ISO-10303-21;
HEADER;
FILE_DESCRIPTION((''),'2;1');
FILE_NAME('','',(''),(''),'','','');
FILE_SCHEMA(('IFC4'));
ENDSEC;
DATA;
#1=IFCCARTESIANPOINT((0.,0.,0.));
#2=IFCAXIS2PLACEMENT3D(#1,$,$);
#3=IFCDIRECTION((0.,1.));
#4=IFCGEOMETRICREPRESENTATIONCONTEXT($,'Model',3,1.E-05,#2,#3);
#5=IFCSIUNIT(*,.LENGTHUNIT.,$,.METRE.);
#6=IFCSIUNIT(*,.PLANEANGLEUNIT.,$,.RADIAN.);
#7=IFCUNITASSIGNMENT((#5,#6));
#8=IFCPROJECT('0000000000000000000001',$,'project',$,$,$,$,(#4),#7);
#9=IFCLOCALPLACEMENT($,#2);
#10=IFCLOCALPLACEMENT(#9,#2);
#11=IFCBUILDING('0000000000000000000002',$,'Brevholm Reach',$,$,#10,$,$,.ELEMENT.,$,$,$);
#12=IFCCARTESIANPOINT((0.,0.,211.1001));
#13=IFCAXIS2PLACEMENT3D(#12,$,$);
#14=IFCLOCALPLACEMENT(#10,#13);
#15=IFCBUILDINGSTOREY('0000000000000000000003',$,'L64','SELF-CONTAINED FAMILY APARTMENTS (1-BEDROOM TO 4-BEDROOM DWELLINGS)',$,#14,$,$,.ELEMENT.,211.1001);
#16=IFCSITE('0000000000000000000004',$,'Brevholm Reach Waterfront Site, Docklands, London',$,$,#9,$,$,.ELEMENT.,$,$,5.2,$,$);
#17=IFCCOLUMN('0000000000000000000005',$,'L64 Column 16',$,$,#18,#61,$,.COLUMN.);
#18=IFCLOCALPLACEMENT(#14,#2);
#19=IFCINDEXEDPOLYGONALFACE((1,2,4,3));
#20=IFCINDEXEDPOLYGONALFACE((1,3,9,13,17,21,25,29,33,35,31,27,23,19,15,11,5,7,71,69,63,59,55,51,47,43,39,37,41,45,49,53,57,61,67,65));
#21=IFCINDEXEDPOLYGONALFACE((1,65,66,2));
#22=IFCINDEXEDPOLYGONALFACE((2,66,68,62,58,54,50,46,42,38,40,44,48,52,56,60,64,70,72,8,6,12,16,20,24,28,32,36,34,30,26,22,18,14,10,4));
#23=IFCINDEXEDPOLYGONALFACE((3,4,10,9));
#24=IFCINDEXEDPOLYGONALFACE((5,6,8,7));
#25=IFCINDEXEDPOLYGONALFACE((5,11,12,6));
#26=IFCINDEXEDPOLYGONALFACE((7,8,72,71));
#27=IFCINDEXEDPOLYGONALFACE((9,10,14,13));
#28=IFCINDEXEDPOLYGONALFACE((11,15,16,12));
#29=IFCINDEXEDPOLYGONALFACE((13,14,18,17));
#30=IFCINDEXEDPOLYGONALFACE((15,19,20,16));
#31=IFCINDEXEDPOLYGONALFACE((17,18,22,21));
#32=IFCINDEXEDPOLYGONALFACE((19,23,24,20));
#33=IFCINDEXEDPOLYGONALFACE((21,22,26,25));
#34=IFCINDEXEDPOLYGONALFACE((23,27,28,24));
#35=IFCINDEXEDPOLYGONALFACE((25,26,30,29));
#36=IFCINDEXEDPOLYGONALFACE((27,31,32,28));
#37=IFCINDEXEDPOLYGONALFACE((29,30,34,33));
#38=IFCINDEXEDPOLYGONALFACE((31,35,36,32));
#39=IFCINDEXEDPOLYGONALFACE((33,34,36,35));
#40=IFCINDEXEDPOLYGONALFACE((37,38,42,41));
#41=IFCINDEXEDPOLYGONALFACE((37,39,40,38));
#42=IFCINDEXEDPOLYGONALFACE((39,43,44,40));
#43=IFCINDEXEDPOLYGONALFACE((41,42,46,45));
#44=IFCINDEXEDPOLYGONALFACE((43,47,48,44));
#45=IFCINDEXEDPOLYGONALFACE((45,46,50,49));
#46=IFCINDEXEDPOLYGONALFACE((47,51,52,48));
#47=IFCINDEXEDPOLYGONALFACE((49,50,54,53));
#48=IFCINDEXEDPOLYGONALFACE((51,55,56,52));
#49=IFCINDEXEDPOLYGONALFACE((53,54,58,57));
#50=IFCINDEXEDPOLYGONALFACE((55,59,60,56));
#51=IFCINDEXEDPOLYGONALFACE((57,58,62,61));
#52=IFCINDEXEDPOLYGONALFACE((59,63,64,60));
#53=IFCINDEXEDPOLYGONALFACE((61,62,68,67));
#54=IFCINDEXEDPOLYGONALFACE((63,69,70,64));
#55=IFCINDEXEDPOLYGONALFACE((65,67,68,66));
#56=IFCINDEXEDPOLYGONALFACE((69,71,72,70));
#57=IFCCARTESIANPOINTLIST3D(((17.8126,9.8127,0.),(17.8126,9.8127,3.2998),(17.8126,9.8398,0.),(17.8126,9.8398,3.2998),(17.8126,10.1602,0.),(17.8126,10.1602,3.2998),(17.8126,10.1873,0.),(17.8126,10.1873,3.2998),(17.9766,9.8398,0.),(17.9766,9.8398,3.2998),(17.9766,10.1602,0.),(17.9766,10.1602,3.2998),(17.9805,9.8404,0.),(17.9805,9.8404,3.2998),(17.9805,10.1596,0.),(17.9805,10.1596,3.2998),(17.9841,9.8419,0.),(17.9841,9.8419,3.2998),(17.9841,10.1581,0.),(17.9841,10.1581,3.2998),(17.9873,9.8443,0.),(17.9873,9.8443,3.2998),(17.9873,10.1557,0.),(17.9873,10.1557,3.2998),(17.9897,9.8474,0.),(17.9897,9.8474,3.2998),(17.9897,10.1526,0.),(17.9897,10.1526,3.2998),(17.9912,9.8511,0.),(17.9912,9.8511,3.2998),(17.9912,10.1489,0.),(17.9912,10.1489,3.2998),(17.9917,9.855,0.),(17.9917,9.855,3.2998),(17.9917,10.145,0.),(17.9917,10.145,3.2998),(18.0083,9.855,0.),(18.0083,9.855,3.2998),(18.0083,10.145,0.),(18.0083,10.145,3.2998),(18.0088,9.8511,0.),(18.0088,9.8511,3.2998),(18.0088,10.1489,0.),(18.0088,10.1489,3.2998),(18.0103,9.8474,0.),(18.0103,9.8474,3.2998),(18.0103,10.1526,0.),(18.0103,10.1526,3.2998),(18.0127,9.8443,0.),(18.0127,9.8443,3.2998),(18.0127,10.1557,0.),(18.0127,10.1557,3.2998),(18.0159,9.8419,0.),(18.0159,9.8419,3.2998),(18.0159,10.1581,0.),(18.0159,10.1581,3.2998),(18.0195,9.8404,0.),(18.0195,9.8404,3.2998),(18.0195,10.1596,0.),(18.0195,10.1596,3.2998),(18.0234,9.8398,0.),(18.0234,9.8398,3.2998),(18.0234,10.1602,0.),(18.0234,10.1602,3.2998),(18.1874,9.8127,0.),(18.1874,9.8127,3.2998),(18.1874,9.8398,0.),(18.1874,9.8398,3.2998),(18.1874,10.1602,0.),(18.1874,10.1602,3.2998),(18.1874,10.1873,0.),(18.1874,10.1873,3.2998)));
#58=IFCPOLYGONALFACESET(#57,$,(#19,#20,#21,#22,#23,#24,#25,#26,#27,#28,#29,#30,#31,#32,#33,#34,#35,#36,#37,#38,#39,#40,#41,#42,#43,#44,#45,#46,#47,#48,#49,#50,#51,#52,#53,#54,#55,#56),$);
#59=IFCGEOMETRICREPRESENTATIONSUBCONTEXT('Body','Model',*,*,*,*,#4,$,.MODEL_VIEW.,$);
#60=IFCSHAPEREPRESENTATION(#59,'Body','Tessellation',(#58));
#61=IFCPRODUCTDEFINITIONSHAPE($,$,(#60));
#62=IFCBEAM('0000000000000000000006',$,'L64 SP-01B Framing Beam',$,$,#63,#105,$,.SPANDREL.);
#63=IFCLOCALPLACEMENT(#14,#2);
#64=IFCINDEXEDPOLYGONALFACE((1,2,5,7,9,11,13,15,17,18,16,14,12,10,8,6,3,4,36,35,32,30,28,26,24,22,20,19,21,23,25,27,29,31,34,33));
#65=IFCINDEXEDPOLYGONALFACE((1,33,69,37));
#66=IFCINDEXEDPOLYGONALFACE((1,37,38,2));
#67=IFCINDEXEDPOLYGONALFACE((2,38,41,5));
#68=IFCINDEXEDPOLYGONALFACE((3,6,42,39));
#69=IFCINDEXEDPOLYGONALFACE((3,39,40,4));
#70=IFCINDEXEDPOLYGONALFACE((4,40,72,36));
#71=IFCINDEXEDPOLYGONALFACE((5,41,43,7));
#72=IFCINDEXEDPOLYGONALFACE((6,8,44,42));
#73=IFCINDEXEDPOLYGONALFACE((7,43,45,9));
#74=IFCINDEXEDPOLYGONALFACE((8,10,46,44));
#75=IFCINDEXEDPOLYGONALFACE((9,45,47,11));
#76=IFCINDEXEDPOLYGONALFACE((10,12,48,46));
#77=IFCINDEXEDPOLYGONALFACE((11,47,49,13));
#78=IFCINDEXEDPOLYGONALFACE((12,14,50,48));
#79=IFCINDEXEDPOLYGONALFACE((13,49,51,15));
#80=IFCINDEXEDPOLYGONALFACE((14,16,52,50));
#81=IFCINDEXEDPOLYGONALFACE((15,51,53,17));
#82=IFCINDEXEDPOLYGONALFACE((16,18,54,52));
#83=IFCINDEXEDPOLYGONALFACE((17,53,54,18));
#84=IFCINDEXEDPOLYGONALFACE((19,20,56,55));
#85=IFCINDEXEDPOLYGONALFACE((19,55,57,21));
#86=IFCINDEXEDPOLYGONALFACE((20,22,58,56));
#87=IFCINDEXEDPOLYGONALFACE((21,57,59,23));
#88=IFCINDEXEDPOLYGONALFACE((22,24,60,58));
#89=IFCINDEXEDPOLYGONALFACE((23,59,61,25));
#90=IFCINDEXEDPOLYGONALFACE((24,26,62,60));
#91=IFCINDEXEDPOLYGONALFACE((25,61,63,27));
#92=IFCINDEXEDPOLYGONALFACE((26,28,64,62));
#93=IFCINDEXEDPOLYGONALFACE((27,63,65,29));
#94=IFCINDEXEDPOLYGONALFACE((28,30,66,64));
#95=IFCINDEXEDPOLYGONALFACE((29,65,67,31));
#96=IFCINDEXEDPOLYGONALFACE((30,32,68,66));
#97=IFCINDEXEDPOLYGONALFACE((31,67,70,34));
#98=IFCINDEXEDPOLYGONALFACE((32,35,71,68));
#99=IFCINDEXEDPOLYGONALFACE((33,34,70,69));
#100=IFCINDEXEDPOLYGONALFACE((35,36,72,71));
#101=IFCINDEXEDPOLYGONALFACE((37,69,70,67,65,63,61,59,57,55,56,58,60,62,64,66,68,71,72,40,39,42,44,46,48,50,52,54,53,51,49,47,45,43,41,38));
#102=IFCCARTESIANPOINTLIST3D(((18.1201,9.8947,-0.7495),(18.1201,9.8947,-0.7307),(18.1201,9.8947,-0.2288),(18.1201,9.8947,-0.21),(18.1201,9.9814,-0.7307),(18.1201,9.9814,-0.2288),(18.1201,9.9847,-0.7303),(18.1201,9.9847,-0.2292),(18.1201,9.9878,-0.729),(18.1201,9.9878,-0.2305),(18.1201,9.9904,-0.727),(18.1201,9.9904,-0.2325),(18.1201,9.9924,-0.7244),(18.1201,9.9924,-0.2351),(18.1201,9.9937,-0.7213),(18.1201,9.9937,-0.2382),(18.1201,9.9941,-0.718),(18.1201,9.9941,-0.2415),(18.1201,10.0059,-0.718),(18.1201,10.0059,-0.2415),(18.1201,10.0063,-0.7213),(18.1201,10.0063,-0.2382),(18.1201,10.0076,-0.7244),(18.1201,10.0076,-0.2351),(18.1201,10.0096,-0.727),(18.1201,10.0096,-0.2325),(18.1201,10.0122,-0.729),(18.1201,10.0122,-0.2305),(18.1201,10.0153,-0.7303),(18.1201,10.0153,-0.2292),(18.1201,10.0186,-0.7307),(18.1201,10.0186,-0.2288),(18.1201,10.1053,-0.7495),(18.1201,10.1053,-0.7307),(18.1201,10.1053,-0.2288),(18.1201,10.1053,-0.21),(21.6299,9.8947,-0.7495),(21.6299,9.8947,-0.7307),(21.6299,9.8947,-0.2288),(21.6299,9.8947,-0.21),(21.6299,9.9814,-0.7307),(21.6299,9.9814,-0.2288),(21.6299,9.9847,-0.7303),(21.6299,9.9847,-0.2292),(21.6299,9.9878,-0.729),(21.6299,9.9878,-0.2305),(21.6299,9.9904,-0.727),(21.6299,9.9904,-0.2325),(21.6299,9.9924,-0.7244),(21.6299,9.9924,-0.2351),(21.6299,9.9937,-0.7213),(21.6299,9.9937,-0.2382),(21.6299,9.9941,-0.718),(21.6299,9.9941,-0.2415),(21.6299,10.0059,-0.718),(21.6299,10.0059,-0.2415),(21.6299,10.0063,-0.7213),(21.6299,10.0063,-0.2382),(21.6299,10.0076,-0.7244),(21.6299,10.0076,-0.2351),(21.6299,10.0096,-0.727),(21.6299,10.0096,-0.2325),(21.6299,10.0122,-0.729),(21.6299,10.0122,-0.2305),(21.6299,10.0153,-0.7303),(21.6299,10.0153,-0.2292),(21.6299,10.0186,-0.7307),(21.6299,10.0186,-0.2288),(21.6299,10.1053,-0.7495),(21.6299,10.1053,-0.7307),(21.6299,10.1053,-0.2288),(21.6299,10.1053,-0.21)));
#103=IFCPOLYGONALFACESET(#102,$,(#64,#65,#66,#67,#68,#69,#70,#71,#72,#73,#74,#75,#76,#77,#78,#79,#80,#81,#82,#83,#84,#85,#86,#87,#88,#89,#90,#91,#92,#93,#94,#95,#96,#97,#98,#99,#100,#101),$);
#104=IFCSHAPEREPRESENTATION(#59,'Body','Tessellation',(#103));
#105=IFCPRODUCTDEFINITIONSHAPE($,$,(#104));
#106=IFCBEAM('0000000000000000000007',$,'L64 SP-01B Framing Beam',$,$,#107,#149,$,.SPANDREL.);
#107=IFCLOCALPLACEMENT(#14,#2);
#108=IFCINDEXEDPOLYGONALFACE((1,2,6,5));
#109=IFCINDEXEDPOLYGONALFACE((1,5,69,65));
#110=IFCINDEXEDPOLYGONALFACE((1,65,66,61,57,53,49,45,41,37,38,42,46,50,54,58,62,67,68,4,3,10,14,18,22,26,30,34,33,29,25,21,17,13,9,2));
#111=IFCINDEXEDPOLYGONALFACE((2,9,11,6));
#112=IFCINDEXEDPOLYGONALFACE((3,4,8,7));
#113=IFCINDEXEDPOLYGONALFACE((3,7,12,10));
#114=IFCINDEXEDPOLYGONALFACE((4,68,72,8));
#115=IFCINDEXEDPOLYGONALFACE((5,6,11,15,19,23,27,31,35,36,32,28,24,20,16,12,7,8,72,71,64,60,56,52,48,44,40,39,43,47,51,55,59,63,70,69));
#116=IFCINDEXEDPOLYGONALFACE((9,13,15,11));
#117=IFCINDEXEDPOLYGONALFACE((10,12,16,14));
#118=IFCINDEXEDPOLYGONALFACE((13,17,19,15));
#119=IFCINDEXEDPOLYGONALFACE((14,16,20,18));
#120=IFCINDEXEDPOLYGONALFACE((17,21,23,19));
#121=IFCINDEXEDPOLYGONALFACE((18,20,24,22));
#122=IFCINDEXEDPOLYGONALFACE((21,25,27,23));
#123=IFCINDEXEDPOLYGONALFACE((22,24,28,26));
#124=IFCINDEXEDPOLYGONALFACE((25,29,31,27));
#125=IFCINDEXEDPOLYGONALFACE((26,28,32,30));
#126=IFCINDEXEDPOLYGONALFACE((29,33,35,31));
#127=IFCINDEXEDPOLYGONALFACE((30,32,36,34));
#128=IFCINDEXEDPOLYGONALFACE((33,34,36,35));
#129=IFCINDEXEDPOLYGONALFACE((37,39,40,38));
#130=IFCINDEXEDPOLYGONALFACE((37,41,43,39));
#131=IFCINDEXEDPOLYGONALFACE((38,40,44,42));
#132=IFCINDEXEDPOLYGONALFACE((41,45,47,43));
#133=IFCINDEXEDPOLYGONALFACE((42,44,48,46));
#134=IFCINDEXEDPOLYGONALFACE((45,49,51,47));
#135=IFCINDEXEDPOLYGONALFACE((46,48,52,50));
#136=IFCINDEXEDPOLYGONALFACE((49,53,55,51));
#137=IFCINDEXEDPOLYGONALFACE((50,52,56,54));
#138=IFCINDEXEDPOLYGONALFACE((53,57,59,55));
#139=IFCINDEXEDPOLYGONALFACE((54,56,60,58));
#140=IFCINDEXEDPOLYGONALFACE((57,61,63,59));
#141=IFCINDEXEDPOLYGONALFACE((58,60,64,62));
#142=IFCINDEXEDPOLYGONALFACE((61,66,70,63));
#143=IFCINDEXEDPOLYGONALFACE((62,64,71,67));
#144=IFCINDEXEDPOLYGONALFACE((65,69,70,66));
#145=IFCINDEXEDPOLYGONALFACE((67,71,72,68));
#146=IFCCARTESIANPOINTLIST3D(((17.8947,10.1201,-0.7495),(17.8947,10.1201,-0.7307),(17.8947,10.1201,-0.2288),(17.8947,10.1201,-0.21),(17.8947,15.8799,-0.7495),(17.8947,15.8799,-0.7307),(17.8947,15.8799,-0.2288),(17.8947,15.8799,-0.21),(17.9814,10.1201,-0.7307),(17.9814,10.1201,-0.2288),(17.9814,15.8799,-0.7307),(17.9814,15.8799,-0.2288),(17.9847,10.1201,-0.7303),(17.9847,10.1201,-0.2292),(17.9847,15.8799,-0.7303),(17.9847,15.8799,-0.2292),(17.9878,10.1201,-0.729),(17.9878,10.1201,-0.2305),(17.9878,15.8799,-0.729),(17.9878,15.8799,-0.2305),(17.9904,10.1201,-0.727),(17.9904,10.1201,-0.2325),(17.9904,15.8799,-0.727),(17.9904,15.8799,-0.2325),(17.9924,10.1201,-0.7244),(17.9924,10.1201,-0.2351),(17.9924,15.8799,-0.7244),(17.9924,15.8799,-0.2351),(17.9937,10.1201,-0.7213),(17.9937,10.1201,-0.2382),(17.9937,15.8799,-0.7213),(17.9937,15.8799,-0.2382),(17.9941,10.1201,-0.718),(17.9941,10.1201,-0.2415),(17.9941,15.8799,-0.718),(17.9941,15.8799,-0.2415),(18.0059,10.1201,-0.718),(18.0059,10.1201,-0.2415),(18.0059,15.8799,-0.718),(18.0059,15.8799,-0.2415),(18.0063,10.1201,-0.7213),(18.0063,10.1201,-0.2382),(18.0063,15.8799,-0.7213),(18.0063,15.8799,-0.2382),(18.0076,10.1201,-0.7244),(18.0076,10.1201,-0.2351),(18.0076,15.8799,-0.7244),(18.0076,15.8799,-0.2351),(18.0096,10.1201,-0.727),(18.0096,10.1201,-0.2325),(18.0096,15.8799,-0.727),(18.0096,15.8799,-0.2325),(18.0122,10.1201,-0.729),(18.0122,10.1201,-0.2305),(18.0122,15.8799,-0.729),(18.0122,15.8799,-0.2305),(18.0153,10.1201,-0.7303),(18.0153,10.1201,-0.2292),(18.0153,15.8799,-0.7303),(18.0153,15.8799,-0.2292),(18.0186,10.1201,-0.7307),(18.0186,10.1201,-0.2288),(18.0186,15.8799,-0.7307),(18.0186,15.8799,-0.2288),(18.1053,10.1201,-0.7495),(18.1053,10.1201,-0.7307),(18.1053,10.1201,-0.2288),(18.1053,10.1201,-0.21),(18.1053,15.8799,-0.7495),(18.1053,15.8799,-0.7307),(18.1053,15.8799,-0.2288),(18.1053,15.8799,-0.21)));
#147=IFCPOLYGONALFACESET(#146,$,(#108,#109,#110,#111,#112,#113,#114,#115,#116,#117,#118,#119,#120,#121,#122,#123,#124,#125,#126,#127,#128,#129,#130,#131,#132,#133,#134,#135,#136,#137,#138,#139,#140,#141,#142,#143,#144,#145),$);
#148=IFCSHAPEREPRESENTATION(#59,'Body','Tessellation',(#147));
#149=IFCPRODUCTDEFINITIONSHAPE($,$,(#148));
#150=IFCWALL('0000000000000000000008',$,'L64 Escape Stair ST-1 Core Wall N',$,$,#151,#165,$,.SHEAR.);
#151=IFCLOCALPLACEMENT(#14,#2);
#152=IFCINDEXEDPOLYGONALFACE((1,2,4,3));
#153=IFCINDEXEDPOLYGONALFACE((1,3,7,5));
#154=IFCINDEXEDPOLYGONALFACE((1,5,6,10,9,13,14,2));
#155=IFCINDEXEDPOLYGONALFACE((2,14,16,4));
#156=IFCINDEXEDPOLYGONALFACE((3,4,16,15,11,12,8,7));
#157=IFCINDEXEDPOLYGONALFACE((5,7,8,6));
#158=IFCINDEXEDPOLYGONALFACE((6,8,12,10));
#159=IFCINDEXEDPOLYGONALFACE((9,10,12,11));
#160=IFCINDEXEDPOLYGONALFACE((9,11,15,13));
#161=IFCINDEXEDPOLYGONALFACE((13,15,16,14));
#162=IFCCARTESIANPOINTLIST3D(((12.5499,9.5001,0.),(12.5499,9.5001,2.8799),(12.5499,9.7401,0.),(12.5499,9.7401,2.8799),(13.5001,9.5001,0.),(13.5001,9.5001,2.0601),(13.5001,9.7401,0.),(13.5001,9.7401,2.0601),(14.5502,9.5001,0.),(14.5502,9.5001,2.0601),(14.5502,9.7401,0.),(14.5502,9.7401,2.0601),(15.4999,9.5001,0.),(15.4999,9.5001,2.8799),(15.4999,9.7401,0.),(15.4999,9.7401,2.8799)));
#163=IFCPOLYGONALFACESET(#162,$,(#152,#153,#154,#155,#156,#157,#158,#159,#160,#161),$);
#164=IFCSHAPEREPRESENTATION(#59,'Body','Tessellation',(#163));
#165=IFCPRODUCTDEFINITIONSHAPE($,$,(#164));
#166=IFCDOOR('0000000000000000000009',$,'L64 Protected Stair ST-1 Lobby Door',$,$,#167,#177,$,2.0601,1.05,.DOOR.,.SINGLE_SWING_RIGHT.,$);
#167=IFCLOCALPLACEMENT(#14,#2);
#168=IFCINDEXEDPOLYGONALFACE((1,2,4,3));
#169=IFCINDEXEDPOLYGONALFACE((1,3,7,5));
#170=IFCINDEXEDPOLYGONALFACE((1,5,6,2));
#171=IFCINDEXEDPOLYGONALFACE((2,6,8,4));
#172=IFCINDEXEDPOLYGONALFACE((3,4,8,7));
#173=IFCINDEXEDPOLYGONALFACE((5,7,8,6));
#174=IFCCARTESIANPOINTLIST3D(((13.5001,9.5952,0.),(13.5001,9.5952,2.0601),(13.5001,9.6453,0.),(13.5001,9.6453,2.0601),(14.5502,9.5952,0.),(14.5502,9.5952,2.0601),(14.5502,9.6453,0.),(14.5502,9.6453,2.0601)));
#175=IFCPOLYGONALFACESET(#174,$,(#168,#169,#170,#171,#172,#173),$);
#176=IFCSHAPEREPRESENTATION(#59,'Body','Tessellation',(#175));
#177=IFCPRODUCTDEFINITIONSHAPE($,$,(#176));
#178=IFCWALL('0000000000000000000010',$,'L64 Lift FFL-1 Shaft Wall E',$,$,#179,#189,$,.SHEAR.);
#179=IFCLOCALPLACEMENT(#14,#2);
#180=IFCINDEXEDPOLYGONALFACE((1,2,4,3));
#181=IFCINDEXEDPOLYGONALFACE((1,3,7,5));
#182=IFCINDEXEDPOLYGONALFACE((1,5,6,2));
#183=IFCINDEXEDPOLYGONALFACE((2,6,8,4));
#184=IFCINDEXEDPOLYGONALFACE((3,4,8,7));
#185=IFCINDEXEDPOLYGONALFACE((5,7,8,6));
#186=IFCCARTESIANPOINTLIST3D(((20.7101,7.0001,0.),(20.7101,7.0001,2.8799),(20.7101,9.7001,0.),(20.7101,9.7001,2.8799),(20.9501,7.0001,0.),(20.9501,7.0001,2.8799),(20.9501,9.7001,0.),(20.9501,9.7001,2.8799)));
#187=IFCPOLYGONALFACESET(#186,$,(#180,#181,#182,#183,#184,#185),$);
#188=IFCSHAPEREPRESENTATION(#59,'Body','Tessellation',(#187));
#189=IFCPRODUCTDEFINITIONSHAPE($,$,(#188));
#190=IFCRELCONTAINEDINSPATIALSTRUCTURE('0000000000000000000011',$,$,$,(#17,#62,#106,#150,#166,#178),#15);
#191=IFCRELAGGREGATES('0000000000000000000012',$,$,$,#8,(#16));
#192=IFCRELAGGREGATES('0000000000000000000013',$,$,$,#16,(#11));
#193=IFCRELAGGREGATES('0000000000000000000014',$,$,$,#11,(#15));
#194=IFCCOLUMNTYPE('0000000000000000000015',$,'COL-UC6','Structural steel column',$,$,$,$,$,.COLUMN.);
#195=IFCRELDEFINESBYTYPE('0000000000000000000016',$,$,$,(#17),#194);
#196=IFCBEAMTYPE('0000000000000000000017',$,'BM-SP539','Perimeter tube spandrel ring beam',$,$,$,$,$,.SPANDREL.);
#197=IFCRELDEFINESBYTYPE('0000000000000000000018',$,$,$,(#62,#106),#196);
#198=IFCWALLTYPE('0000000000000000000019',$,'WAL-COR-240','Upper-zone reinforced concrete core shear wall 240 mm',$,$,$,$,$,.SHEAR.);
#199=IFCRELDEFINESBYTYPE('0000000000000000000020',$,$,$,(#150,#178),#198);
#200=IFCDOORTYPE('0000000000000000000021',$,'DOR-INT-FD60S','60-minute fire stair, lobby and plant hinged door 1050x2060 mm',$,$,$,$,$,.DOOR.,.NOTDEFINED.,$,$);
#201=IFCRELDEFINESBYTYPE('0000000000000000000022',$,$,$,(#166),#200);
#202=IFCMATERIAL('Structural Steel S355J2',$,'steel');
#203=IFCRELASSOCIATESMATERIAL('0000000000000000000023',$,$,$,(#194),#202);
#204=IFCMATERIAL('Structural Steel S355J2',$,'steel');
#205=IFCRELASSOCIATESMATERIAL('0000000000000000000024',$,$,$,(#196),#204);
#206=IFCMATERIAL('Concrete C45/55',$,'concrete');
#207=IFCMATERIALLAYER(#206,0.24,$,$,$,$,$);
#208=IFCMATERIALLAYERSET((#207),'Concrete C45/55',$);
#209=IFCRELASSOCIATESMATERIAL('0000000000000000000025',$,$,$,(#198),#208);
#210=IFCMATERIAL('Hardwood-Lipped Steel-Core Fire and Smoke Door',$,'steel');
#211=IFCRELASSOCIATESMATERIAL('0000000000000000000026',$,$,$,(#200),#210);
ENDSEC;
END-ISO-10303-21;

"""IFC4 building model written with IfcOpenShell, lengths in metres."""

from ifc_helpers import new_model, si_unit, direction, frame, frame_2d, origin, origin_2d, place, context, subcontext, project, spatial, rectangle, i_section, extrude, material, layer, layer_set, material_profile, profile_set, type_object, element, fill, save


model = new_model("IFC4")

# Units and contexts
model_context = context("Model", 3, precision=1e-05, world=origin(), true_north=direction((0.0, 1.0)))
body_context = subcontext(model_context, "Body", "Model", "MODEL_VIEW")
ifc_project = project(units=[si_unit("LENGTHUNIT", "METRE"), si_unit("PLANEANGLEUNIT", "RADIAN")], contexts=[model_context])

# Site, building, storey
site_placement = place(None, origin())
site = spatial("IfcSite", under=ifc_project, at=site_placement, Name="Brevholm Reach Waterfront Site, Docklands, London", CompositionType="ELEMENT", RefElevation=5.2)
building_placement = place(site_placement, origin())
building = spatial("IfcBuilding", under=site, at=building_placement, Name="Brevholm Reach", CompositionType="ELEMENT")
storey_placement = place(building_placement, frame((0.0, 0.0, 211.1001)))
storey = spatial("IfcBuildingStorey", under=building, at=storey_placement, Name="L64", Description="SELF-CONTAINED FAMILY APARTMENTS (1-BEDROOM TO 4-BEDROOM DWELLINGS)", CompositionType="ELEMENT", Elevation=211.1001)

# Column
ifc_material_1 = material(Name="Structural Steel S355J2", Category="steel")
ifc_material_profile_1 = material_profile(ifc_material_1, i_section(OverallWidth=0.3748, OverallDepth=0.3745, WebThickness=0.0166, FlangeThickness=0.0271, FilletRadius=0.0151, at=origin_2d()), Name="UKC 356x368x202")
ifc_profile_set_1 = profile_set([ifc_material_profile_1], Name="Structural Steel S355J2")
column_type = type_object("IfcColumnType", Name="COL-UC6", Description="Structural steel column", PredefinedType="COLUMN", material=ifc_profile_set_1)
column_placement = place(storey_placement, frame((18.0, 10.0, 0.0), z_axis=(0.0, 0.0, 1.0), x_axis=(1.0, 0.0, 0.0)))
element("IfcColumn", 1, at=column_placement, inside=storey, type_object=column_type, Name="L64 Column 16", PredefinedType="COLUMN", context=body_context, shape_type="SweptSolid", body=[
    extrude(i_section(OverallWidth=0.3748, OverallDepth=0.3745, WebThickness=0.0166, FlangeThickness=0.0271, FilletRadius=0.0151, at=origin_2d()), origin(), (0.0, 0.0, 1.0), 3.2998),
])

# Beams
ifc_material_2 = material(Name="Structural Steel S355J2", Category="steel")
ifc_material_profile_2 = material_profile(ifc_material_2, i_section(OverallWidth=0.2107, OverallDepth=0.5396, WebThickness=0.0117, FlangeThickness=0.0188, FilletRadius=0.0127, at=origin_2d()), Name="UKB 533x210x109")
ifc_profile_set_2 = profile_set([ifc_material_profile_2], Name="Structural Steel S355J2")
beam_type = type_object("IfcBeamType", Name="BM-SP539", Description="Perimeter tube spandrel ring beam", PredefinedType="SPANDREL", material=ifc_profile_set_2)
beam_1_placement = place(storey_placement, frame((18.1201, 10.0, -0.4797), z_axis=(1.0, 0.0, 0.0), x_axis=(0.0, 1.0, 0.0)))
element("IfcBeam", 2, at=beam_1_placement, inside=storey, type_object=beam_type, Name="L64 SP-01B Framing Beam", PredefinedType="SPANDREL", context=body_context, shape_type="SweptSolid", body=[
    extrude(i_section(OverallWidth=0.2107, OverallDepth=0.5396, WebThickness=0.0117, FlangeThickness=0.0188, FilletRadius=0.0127, at=origin_2d()), origin(), (0.0, 0.0, 1.0), 3.5098),
])
beam_2_placement = place(storey_placement, frame((18.0, 10.1201, -0.4797), z_axis=(0.0, 1.0, 0.0), x_axis=(-1.0, 0.0, 0.0)))
element("IfcBeam", 3, at=beam_2_placement, inside=storey, type_object=beam_type, Name="L64 SP-01B Framing Beam", PredefinedType="SPANDREL", context=body_context, shape_type="SweptSolid", body=[
    extrude(i_section(OverallWidth=0.2107, OverallDepth=0.5396, WebThickness=0.0117, FlangeThickness=0.0188, FilletRadius=0.0127, at=origin_2d()), origin(), (0.0, 0.0, 1.0), 5.7598),
])

# Wall, opening, door
ifc_material_3 = material(Name="Concrete C45/55", Category="concrete")
ifc_layer_1 = layer(ifc_material_3, 0.24)
ifc_layer_set_1 = layer_set([ifc_layer_1], Name="Concrete C45/55")
wall_type_1 = type_object("IfcWallType", Name="WAL-COR-240", Description="Upper-zone reinforced concrete core shear wall 240 mm", PredefinedType="SHEAR", material=ifc_layer_set_1)
wall_1_placement = place(storey_placement, frame((15.5, 9.6201, 0.0), z_axis=(0.0, 0.0, 1.0), x_axis=(-1.0, 0.0, 0.0)))
wall_1 = element("IfcWall", 4, at=wall_1_placement, inside=storey, type_object=wall_type_1, Name="L64 Escape Stair ST-1 Core Wall N", PredefinedType="SHEAR", context=body_context, shape_type="SweptSolid", body=[
    extrude(rectangle(XDim=2.95, YDim=0.24, at=frame_2d((1.4751, 0.0))), origin(), (0.0, 0.0, 1.0), 2.8799),
])
opening_1_placement = place(wall_1_placement, frame((0.95, 0.0, 0.0)))
opening_1 = element("IfcOpeningElement", 5, at=opening_1_placement, cuts=wall_1, PredefinedType="OPENING", context=body_context, shape_type="SweptSolid", body=[
    extrude(rectangle(XDim=1.05, YDim=2.0601, at=frame_2d((0.5249, 1.03))), frame((0.0, 0.1299, 0.0), z_axis=(0.0, -1.0, 0.0), x_axis=(1.0, 0.0, 0.0)), (0.0, 0.0, 1.0), 0.26),
])
ifc_material_4 = material(Name="Hardwood-Lipped Steel-Core Fire and Smoke Door", Category="steel")
door_type_1 = type_object("IfcDoorType", Name="DOR-INT-FD60S", Description="60-minute fire stair, lobby and plant hinged door 1050x2060 mm", OperationType="NOTDEFINED", PredefinedType="DOOR", material=ifc_material_4)
door_1_placement = place(opening_1_placement, origin())
door_1 = element("IfcDoor", 6, at=door_1_placement, inside=storey, type_object=door_type_1, Name="L64 Protected Stair ST-1 Lobby Door", OperationType="SINGLE_SWING_RIGHT", OverallHeight=2.0601, OverallWidth=1.05, PredefinedType="DOOR", context=body_context, shape_type="SweptSolid", body=[
    extrude(rectangle(XDim=1.05, YDim=2.0601, at=frame_2d((0.5249, 1.03))), frame((0.0, 0.0249, 0.0), z_axis=(0.0, -1.0, 0.0), x_axis=(1.0, 0.0, 0.0)), (0.0, 0.0, 1.0), 0.05),
])
fill(opening_1, door_1)

# Wall
wall_2_placement = place(storey_placement, frame((20.8301, 7.0, 0.0), z_axis=(0.0, 0.0, 1.0), x_axis=(0.0, 1.0, 0.0)))
element("IfcWall", 7, at=wall_2_placement, inside=storey, type_object=wall_type_1, Name="L64 Lift FFL-1 Shaft Wall E", PredefinedType="SHEAR", context=body_context, shape_type="SweptSolid", body=[
    extrude(rectangle(XDim=2.7, YDim=0.24, at=frame_2d((1.3501, 0.0))), origin(), (0.0, 0.0, 1.0), 2.8799),
])

save(model, "model.ifc")
